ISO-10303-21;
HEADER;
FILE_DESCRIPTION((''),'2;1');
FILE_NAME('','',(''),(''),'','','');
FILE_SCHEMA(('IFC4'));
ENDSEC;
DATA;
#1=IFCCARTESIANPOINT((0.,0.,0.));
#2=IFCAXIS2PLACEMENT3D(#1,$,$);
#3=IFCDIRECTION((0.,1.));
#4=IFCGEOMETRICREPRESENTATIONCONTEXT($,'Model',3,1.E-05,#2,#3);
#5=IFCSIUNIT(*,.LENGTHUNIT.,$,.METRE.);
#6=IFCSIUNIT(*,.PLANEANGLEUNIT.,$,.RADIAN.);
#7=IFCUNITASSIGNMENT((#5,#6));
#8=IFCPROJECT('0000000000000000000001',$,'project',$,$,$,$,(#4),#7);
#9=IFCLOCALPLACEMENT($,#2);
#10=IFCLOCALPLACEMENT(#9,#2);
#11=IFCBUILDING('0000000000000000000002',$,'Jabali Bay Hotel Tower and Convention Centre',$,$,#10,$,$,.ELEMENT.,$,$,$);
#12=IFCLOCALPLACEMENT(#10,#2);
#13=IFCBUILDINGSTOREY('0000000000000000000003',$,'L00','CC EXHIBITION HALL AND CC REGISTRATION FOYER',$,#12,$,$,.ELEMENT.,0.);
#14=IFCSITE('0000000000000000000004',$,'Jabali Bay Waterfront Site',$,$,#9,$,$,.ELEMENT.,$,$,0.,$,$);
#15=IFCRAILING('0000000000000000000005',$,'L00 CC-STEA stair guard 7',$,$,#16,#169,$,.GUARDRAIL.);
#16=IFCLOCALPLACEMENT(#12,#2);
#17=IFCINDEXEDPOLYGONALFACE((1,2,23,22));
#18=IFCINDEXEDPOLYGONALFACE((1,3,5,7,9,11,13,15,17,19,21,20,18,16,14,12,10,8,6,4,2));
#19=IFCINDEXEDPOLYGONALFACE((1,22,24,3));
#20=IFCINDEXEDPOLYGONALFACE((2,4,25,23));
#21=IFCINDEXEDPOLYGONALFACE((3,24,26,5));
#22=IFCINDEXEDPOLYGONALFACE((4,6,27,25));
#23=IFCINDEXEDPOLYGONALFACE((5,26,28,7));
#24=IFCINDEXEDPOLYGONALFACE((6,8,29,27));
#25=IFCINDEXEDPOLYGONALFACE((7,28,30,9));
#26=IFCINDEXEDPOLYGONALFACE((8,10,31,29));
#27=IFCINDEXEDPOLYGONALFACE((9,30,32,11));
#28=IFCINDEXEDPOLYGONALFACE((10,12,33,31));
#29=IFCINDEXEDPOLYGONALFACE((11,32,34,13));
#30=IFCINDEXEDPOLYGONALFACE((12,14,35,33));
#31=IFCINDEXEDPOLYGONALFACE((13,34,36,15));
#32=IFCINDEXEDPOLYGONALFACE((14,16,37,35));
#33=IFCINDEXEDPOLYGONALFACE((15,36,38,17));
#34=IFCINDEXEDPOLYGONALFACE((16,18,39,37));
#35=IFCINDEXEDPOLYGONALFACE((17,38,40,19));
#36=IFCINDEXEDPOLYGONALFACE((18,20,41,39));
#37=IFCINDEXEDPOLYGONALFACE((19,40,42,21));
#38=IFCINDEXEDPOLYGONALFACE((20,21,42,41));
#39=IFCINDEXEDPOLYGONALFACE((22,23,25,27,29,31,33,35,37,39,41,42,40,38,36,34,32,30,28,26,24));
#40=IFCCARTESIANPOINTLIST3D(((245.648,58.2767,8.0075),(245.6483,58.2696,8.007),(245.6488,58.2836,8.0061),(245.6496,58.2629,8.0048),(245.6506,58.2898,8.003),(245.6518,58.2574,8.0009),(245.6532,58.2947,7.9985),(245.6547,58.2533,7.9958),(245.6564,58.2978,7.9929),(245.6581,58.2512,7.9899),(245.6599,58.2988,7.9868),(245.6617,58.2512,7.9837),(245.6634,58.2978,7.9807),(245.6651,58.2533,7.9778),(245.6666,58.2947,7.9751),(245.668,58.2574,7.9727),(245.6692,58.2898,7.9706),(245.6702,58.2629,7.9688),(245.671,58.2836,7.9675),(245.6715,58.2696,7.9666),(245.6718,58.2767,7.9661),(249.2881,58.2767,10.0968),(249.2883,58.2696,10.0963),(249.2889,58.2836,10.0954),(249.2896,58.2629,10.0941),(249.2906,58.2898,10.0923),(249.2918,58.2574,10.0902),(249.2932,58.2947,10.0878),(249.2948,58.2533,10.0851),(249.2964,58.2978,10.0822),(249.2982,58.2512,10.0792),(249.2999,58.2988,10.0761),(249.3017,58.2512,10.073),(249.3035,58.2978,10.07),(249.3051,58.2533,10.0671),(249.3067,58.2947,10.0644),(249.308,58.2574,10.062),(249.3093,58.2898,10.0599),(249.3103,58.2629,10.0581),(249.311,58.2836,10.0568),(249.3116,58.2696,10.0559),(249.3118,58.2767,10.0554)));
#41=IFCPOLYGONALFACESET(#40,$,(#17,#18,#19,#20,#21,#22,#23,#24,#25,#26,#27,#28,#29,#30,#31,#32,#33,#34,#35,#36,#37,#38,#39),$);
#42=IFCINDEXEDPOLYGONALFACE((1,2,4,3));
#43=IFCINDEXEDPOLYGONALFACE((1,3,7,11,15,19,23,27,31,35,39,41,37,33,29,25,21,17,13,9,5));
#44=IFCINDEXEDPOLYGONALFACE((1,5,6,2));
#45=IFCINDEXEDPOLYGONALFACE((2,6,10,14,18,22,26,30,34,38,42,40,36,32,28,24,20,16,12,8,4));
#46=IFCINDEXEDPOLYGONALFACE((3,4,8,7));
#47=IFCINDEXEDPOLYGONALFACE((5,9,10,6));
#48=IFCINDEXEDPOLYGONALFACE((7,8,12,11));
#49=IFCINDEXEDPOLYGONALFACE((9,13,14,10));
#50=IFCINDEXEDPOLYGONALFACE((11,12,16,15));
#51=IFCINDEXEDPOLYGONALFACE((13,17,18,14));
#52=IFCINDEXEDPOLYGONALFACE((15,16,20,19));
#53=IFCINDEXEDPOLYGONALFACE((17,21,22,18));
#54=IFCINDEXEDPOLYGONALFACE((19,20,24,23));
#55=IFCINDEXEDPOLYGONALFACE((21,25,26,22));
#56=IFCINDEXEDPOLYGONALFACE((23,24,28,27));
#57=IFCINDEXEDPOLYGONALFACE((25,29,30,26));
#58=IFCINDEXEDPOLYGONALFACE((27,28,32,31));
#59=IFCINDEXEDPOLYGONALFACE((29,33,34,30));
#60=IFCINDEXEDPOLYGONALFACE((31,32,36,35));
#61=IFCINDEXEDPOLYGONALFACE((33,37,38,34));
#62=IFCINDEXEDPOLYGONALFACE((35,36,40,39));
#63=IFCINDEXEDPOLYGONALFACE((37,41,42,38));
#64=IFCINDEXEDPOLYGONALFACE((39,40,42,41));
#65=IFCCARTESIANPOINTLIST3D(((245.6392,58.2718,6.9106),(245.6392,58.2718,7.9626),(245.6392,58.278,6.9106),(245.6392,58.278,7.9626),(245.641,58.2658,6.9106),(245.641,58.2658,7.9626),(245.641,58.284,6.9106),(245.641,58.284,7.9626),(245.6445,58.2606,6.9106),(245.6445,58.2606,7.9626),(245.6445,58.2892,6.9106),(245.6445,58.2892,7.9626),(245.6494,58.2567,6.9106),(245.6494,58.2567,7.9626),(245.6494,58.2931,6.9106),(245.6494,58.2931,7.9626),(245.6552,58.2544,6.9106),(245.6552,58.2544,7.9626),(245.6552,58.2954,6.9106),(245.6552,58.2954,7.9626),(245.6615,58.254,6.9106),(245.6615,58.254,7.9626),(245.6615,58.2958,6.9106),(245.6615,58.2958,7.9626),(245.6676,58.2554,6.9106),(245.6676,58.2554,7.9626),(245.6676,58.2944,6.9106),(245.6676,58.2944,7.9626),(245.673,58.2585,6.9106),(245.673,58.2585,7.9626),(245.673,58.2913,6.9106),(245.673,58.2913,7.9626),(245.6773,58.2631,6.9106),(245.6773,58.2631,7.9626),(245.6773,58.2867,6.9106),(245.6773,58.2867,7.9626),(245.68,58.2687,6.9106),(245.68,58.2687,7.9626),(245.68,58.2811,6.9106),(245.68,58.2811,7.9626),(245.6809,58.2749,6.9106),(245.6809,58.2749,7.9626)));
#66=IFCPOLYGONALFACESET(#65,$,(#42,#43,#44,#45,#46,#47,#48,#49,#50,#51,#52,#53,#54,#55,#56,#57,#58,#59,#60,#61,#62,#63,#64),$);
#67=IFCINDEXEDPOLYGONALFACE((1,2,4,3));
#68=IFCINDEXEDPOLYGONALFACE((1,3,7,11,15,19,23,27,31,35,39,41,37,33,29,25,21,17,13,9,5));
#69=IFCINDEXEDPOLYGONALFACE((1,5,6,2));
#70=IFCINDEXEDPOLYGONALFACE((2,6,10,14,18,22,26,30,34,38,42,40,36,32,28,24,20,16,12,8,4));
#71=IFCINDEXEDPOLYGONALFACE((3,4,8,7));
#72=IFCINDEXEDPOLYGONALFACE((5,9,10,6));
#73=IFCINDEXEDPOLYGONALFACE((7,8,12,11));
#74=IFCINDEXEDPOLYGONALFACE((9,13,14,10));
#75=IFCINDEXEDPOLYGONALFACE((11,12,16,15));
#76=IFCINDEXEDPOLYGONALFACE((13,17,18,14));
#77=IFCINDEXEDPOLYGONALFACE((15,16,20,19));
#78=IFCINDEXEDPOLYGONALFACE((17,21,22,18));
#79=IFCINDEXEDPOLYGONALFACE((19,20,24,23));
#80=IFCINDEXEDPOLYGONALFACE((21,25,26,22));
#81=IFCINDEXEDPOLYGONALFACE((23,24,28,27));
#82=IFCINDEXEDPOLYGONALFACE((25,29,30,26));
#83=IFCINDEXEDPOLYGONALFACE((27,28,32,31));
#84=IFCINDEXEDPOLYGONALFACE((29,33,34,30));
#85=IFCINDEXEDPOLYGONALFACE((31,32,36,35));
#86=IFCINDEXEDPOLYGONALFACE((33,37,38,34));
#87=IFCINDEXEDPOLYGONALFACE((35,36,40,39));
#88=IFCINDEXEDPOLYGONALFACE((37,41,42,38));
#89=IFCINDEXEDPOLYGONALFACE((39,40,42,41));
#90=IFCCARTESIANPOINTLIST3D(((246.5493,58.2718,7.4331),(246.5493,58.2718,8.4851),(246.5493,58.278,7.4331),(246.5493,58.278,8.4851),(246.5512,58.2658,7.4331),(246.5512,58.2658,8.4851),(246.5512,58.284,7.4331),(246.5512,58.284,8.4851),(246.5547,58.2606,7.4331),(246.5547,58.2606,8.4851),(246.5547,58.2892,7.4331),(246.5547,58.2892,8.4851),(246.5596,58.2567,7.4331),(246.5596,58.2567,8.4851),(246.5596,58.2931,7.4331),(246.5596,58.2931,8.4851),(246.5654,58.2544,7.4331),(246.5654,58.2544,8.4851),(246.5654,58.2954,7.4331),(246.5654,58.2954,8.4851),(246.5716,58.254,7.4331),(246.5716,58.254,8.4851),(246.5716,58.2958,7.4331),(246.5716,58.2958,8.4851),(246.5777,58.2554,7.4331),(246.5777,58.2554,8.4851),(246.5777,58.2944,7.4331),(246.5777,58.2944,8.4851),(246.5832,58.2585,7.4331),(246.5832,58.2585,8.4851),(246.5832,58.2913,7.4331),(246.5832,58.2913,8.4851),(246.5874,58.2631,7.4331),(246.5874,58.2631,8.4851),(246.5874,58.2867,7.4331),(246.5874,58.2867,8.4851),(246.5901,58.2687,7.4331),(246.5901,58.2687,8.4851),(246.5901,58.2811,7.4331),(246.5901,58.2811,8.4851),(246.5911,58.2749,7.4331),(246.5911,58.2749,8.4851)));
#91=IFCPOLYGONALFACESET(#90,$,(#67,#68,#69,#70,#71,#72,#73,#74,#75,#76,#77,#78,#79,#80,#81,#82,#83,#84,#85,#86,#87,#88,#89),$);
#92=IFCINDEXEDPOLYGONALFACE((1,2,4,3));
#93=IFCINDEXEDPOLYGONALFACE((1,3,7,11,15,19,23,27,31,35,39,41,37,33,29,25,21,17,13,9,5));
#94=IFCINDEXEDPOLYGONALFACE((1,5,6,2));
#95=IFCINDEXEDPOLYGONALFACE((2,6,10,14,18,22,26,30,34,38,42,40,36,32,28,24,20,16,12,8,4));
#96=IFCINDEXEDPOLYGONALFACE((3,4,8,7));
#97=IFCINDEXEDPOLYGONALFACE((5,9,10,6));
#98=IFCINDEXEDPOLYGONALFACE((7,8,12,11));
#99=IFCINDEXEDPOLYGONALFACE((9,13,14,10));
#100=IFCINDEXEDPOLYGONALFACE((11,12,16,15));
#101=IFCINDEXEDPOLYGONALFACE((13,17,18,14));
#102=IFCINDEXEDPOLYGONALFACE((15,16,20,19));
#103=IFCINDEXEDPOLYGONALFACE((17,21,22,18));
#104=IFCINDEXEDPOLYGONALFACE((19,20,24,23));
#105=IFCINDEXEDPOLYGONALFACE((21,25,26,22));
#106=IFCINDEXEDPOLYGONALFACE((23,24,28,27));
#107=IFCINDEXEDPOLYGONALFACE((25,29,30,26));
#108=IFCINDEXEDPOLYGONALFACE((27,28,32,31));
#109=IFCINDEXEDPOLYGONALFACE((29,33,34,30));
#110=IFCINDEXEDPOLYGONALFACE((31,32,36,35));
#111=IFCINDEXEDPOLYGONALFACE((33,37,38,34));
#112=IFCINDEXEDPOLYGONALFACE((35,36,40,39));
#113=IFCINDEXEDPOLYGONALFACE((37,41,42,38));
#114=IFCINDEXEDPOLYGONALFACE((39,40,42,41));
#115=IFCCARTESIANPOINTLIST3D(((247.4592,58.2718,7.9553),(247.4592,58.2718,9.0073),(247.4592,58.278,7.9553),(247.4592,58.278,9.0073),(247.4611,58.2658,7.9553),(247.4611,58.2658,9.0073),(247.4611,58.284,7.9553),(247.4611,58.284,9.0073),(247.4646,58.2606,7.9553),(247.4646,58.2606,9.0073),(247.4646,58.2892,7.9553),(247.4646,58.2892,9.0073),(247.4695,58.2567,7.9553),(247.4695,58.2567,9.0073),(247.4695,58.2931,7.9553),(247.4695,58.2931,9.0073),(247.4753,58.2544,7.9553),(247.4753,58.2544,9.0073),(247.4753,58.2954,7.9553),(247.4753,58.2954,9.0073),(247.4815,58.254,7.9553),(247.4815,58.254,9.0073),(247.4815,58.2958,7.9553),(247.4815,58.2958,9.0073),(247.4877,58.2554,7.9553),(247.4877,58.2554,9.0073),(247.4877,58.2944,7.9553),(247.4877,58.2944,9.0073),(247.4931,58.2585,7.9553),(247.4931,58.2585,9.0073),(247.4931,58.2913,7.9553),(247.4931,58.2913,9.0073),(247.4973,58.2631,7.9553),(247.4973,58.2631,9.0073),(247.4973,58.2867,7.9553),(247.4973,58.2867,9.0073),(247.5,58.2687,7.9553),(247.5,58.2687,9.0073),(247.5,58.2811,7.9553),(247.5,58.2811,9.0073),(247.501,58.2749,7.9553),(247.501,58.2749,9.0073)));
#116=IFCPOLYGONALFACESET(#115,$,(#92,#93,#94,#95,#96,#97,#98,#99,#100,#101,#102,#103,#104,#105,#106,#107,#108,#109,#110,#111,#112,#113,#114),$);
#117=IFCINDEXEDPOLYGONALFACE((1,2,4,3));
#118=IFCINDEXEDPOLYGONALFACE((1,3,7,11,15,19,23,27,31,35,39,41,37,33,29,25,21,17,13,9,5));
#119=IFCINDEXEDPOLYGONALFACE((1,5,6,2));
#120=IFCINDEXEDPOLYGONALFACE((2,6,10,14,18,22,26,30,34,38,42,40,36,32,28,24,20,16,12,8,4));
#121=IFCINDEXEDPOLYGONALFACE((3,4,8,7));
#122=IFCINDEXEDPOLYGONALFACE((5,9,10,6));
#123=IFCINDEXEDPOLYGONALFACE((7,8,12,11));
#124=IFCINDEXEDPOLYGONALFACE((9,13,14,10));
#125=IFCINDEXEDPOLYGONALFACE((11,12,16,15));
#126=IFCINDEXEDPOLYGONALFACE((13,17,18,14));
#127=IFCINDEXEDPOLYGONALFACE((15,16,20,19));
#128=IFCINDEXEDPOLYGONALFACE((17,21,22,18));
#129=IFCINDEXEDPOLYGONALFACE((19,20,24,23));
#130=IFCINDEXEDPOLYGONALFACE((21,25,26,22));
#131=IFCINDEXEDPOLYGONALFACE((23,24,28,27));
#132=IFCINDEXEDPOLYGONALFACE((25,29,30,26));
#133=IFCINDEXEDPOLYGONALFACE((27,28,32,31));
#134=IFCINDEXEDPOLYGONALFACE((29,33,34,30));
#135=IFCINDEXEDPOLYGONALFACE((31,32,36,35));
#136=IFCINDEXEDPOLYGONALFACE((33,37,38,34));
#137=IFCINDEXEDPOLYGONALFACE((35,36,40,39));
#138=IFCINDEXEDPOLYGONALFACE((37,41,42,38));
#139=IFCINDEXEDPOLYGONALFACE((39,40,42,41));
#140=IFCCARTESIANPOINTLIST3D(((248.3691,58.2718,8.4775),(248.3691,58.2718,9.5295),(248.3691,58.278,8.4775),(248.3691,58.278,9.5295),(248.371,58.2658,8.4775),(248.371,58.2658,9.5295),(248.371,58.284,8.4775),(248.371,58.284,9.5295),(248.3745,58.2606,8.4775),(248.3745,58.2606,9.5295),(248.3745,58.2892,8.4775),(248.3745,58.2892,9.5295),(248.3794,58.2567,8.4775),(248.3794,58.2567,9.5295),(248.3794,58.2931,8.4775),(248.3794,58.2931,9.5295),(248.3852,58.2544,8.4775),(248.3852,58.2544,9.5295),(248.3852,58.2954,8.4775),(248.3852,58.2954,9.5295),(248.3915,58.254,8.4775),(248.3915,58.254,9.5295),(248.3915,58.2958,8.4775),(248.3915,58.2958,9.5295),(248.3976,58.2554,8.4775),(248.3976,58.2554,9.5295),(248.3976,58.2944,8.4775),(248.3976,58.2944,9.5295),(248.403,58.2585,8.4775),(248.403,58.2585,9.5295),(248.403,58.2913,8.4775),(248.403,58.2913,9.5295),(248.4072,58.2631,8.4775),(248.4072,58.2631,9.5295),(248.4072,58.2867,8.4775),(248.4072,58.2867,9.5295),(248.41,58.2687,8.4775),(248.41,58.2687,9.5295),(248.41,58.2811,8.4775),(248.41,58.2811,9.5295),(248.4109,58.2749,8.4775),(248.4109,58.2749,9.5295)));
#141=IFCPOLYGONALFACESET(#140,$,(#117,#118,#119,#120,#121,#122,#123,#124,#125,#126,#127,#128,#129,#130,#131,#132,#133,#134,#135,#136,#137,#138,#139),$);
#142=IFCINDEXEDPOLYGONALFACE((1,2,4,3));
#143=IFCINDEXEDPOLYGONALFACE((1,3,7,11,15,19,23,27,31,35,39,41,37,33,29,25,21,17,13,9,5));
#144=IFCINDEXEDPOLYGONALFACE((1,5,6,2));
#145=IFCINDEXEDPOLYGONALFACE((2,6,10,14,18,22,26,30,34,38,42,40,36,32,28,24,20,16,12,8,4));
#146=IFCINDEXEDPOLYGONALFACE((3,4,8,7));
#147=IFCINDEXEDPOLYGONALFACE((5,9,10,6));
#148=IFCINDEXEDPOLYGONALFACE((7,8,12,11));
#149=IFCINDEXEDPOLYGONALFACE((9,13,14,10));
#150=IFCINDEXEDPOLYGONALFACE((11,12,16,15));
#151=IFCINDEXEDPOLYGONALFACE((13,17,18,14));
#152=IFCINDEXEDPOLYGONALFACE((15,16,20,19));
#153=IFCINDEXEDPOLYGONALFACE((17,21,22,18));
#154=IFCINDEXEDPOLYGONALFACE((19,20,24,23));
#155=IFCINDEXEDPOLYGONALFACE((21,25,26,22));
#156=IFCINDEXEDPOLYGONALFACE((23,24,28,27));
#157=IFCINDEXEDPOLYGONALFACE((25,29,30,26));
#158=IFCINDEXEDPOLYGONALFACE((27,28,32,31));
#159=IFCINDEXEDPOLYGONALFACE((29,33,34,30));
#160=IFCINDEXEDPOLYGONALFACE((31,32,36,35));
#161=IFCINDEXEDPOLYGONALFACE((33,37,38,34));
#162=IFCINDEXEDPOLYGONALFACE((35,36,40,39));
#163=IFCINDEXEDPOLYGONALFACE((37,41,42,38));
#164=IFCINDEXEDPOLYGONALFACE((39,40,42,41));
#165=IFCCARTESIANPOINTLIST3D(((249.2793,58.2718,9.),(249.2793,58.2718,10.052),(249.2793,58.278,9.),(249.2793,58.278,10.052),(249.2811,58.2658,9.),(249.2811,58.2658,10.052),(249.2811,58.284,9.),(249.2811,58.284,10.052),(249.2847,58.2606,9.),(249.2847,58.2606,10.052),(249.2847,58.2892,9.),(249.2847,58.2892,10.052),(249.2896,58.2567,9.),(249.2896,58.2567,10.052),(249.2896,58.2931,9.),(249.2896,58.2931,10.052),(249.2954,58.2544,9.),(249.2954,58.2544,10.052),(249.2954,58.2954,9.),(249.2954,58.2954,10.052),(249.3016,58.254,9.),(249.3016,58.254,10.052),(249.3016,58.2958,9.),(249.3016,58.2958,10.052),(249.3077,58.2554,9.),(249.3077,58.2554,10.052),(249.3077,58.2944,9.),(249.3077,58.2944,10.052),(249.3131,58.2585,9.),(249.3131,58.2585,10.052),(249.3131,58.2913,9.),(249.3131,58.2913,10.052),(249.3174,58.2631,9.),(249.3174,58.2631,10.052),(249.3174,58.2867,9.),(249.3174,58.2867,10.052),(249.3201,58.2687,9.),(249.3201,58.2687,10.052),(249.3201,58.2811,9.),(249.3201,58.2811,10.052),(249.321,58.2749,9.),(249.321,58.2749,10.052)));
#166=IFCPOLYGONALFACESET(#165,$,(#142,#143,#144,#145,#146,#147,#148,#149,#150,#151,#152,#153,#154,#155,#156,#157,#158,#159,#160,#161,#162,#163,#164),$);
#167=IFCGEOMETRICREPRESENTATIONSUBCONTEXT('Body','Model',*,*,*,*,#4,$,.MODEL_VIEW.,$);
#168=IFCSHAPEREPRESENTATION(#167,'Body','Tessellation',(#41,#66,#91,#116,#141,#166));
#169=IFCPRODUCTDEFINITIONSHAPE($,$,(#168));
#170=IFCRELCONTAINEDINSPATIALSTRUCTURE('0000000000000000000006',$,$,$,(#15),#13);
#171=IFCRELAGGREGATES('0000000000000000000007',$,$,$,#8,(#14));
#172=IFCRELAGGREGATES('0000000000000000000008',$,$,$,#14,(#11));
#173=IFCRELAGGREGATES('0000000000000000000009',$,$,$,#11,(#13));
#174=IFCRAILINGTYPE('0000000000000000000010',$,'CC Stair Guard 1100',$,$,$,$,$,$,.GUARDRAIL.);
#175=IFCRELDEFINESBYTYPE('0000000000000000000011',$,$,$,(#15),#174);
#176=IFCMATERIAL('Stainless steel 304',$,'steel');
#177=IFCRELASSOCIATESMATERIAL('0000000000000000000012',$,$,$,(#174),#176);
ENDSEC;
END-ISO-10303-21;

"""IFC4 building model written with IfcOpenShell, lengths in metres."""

from ifc_helpers import new_model, si_unit, direction, frame, origin, origin_2d, place, context, subcontext, project, spatial, circle, extrude, material, type_object, element, save


model = new_model("IFC4")

# Units and contexts
model_context = context("Model", 3, precision=1e-05, world=origin(), true_north=direction((0.0, 1.0)))
body_context = subcontext(model_context, "Body", "Model", "MODEL_VIEW")
ifc_project = project(units=[si_unit("LENGTHUNIT", "METRE"), si_unit("PLANEANGLEUNIT", "RADIAN")], contexts=[model_context])

# Site, building, storey
site_placement = place(None, origin())
site = spatial("IfcSite", under=ifc_project, at=site_placement, Name="Jabali Bay Waterfront Site", CompositionType="ELEMENT", RefElevation=0.0)
building_placement = place(site_placement, origin())
building = spatial("IfcBuilding", under=site, at=building_placement, Name="Jabali Bay Hotel Tower and Convention Centre", CompositionType="ELEMENT")
storey_placement = place(building_placement, origin())
storey = spatial("IfcBuildingStorey", under=building, at=storey_placement, Name="L00", Description="CC EXHIBITION HALL AND CC REGISTRATION FOYER", CompositionType="ELEMENT", Elevation=0.0)

# Railing
ifc_material_1 = material(Name="Stainless steel 304", Category="steel")
railing_type_1 = type_object("IfcRailingType", Name="CC Stair Guard 1100", PredefinedType="GUARDRAIL", material=ifc_material_1)
railing_1_placement = place(storey_placement, frame((245.6599, 58.2749, 6.9106)))
element("IfcRailing", 1, at=railing_1_placement, inside=storey, type_object=railing_type_1, Name="L00 CC-STEA stair guard 7", PredefinedType="GUARDRAIL", context=body_context, shape_type="SweptSolid", body=[
    extrude(circle(Radius=0.0239, at=origin_2d()), frame((0.0, 0.0, 1.0762), z_axis=(0.867289, 0.0, 0.497804), x_axis=(0.0, 1.0, 0.0)), (0.0, 0.0, 1.0), 4.197),
    extrude(circle(Radius=0.021, at=origin_2d()), origin(), (0.0, 0.0, 1.0), 1.052),
    extrude(circle(Radius=0.021, at=origin_2d()), frame((0.9102, 0.0, 0.5225)), (0.0, 0.0, 1.0), 1.052),
    extrude(circle(Radius=0.021, at=origin_2d()), frame((1.8201, 0.0, 1.0447)), (0.0, 0.0, 1.0), 1.052),
    extrude(circle(Radius=0.021, at=origin_2d()), frame((2.73, 0.0, 1.5669)), (0.0, 0.0, 1.0), 1.052),
    extrude(circle(Radius=0.021, at=origin_2d()), frame((3.6401, 0.0, 2.0894)), (0.0, 0.0, 1.0), 1.052),
])

save(model, "model.ifc")
